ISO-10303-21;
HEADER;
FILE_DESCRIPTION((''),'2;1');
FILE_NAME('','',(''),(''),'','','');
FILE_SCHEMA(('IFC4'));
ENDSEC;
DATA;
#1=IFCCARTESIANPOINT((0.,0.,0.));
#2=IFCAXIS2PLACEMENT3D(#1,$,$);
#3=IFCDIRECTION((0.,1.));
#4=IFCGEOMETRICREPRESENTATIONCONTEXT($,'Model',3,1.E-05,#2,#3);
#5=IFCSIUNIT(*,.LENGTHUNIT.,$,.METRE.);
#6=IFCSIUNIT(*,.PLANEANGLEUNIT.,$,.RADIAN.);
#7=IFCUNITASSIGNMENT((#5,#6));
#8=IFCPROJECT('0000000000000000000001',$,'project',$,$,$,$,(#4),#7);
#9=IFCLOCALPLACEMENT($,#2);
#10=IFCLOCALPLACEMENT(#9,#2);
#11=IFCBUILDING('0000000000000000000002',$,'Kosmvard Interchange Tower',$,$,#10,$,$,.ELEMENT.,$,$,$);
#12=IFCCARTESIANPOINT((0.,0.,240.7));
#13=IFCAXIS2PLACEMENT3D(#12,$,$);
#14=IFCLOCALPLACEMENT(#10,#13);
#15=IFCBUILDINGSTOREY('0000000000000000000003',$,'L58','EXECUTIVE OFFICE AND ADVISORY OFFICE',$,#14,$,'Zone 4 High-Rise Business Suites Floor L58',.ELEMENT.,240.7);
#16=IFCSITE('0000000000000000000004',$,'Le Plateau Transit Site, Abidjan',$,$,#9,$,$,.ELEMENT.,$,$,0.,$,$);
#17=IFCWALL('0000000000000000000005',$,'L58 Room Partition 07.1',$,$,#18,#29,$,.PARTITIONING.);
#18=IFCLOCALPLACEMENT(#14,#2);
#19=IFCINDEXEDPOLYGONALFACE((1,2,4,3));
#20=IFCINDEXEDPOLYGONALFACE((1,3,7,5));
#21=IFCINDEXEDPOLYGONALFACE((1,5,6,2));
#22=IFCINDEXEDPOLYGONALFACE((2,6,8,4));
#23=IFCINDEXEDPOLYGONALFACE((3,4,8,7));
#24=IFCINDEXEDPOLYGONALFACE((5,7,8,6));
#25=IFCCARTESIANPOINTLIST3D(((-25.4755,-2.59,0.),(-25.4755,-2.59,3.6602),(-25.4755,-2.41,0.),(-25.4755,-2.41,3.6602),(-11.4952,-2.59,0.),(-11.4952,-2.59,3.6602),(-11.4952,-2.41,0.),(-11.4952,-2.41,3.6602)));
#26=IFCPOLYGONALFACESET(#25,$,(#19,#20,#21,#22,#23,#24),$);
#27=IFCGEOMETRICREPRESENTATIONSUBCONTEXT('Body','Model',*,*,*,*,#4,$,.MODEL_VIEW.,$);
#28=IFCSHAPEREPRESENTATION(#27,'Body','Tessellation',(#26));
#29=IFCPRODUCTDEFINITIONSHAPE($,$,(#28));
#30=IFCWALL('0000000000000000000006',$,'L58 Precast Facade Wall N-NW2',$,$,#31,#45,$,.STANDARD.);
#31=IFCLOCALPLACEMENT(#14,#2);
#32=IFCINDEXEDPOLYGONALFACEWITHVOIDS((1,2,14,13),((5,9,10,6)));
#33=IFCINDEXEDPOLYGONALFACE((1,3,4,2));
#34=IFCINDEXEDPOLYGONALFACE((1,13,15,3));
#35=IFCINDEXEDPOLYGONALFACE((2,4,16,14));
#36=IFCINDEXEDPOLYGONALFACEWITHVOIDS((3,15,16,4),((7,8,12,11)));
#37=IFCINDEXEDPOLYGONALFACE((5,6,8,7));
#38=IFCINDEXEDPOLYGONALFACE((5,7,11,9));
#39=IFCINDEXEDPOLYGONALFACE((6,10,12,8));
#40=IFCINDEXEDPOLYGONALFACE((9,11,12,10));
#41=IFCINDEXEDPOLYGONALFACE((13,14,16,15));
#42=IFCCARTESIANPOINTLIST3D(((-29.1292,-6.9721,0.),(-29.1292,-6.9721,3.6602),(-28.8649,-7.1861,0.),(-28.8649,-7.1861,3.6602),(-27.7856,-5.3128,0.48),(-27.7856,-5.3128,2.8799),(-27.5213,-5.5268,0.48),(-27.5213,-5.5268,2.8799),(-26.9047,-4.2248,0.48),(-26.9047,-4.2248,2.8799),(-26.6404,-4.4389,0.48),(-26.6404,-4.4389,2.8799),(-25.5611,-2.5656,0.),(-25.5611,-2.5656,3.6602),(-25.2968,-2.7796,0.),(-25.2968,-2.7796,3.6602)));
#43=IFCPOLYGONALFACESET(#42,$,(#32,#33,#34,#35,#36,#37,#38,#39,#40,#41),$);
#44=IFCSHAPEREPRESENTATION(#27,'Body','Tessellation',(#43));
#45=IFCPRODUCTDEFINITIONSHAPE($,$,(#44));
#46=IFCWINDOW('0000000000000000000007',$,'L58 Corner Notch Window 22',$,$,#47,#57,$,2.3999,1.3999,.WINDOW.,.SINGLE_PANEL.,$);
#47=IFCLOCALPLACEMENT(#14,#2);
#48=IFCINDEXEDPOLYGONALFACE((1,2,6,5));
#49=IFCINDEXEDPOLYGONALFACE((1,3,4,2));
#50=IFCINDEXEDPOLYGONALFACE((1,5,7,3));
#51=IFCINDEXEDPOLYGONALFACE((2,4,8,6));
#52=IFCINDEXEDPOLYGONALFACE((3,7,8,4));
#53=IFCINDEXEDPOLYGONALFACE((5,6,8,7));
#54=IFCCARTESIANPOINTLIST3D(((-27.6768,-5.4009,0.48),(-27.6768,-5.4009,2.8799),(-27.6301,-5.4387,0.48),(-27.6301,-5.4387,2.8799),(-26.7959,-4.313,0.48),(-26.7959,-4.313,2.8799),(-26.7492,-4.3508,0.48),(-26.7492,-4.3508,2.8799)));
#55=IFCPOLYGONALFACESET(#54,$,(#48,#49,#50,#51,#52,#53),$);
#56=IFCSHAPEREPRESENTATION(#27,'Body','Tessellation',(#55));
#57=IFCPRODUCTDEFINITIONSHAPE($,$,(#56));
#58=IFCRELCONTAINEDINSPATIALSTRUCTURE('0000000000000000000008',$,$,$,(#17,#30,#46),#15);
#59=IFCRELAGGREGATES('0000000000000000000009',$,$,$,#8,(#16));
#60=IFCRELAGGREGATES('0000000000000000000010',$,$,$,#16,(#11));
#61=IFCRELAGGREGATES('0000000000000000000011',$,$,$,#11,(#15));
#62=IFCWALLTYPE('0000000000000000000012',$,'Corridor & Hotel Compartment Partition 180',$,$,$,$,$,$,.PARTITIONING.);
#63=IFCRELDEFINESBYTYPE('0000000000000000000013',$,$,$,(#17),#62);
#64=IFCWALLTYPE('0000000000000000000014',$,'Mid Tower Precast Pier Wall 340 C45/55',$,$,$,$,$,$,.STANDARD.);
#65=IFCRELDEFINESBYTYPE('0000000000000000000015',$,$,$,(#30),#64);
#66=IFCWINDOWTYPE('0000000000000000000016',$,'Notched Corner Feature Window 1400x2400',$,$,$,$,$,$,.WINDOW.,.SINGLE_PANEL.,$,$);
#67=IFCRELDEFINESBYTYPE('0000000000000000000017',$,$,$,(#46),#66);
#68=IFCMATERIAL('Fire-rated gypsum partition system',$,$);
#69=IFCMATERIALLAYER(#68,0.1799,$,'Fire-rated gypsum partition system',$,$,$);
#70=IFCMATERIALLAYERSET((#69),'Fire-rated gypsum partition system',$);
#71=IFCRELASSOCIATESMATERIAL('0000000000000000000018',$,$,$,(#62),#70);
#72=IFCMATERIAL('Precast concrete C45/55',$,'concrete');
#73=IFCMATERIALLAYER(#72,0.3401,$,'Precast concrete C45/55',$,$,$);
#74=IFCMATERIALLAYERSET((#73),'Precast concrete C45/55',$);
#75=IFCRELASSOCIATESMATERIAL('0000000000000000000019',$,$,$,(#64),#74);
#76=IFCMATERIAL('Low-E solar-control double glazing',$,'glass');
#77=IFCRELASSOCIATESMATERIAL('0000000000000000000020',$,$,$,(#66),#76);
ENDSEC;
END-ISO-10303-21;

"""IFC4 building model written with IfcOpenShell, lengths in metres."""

from ifc_helpers import new_model, si_unit, direction, frame, frame_2d, origin, place, context, subcontext, project, spatial, rectangle, extrude, source, transform, mapped, material, layer, layer_set, type_object, element, fill, save


model = new_model("IFC4")

# Units and contexts
model_context = context("Model", 3, precision=1e-05, world=origin(), true_north=direction((0.0, 1.0)))
body_context = subcontext(model_context, "Body", "Model", "MODEL_VIEW")
ifc_project = project(units=[si_unit("LENGTHUNIT", "METRE"), si_unit("PLANEANGLEUNIT", "RADIAN")], contexts=[model_context])

# Site, building, storey
site_placement = place(None, origin())
site = spatial("IfcSite", under=ifc_project, at=site_placement, Name="Le Plateau Transit Site, Abidjan", CompositionType="ELEMENT", RefElevation=0.0)
building_placement = place(site_placement, origin())
building = spatial("IfcBuilding", under=site, at=building_placement, Name="Kosmvard Interchange Tower", CompositionType="ELEMENT")
storey_placement = place(building_placement, frame((0.0, 0.0, 240.7)))
storey = spatial("IfcBuildingStorey", under=building, at=storey_placement, Name="L58", Description="EXECUTIVE OFFICE AND ADVISORY OFFICE", LongName="Zone 4 High-Rise Business Suites Floor L58", CompositionType="ELEMENT", Elevation=240.7)

# Shared definitions
ifc_material_1 = material(Name="Fire-rated gypsum partition system")
ifc_layer_1 = layer(ifc_material_1, 0.1799, Name="Fire-rated gypsum partition system")
ifc_layer_set_1 = layer_set([ifc_layer_1], Name="Fire-rated gypsum partition system")
wall_type_1 = type_object("IfcWallType", Name="Corridor & Hotel Compartment Partition 180", PredefinedType="PARTITIONING", material=ifc_layer_set_1)

# Wall
wall_1_placement = place(storey_placement, frame((-11.4951, -2.5, 0.0), z_axis=(0.0, 0.0, 1.0), x_axis=(-1.0, 0.0, 0.0)))
element("IfcWall", 1, at=wall_1_placement, inside=storey, type_object=wall_type_1, Name="L58 Room Partition 07.1", PredefinedType="PARTITIONING", context=body_context, shape_type="SweptSolid", body=[
    extrude(rectangle(XDim=13.9802, YDim=0.1799, at=frame_2d((6.9902, 0.0))), origin(), (0.0, 0.0, 1.0), 3.6602),
])

# Wall, opening, window
ifc_material_2 = material(Name="Precast concrete C45/55", Category="concrete")
ifc_layer_2 = layer(ifc_material_2, 0.3401, Name="Precast concrete C45/55")
ifc_layer_set_2 = layer_set([ifc_layer_2], Name="Precast concrete C45/55")
wall_type_2 = type_object("IfcWallType", Name="Mid Tower Precast Pier Wall 340 C45/55", PredefinedType="STANDARD", material=ifc_layer_set_2)
wall_2_placement = place(storey_placement, frame((-25.429, -2.6726, 0.0), z_axis=(0.0, 0.0, 1.0), x_axis=(-0.6293, -0.777163, 0.0)))
wall_2 = element("IfcWall", 2, at=wall_2_placement, inside=storey, type_object=wall_type_2, Name="L58 Precast Facade Wall N-NW2", PredefinedType="STANDARD", context=body_context, shape_type="SweptSolid", body=[
    extrude(rectangle(XDim=5.6699, YDim=0.3401, at=frame_2d((2.835, 0.0))), origin(), (0.0, 0.0, 1.0), 3.6602),
])
opening_1_placement = place(wall_2_placement, frame((2.135, 0.0, 0.48)))
opening_1 = element("IfcOpeningElement", 3, at=opening_1_placement, cuts=wall_2, PredefinedType="OPENING", context=body_context, shape_type="SweptSolid", body=[
    extrude(rectangle(XDim=1.3999, YDim=2.3999, at=frame_2d((0.7, 1.2))), frame((0.0, 0.1802, 0.0), z_axis=(0.0, -1.0, 0.0), x_axis=(1.0, 0.0, 0.0)), (0.0, 0.0, 1.0), 0.3601),
])
ifc_material_3 = material(Name="Low-E solar-control double glazing", Category="glass")
window_type_1 = type_object("IfcWindowType", Name="Notched Corner Feature Window 1400x2400", PartitioningType="SINGLE_PANEL", PredefinedType="WINDOW", material=ifc_material_3)
shared_shape_1 = source(origin(), body_context, "Body", "SweptSolid", [
    extrude(rectangle(XDim=1.3999, YDim=2.3999, at=frame_2d((0.7, 1.2))), frame((0.0, 0.03, 0.0), z_axis=(0.0, -1.0, 0.0), x_axis=(1.0, 0.0, 0.0)), (0.0, 0.0, 1.0), 0.0601),
])
window_1_placement = place(opening_1_placement, origin())
window_1 = element("IfcWindow", 4, at=window_1_placement, inside=storey, type_object=window_type_1, Name="L58 Corner Notch Window 22", OverallHeight=2.3999, OverallWidth=1.3999, PartitioningType="SINGLE_PANEL", PredefinedType="WINDOW", context=body_context, shape_type="MappedRepresentation", body=[
    mapped(shared_shape_1, transform((0.0, 0.0, 0.0), scale=1.0)),
])
fill(opening_1, window_1)

save(model, "model.ifc")
